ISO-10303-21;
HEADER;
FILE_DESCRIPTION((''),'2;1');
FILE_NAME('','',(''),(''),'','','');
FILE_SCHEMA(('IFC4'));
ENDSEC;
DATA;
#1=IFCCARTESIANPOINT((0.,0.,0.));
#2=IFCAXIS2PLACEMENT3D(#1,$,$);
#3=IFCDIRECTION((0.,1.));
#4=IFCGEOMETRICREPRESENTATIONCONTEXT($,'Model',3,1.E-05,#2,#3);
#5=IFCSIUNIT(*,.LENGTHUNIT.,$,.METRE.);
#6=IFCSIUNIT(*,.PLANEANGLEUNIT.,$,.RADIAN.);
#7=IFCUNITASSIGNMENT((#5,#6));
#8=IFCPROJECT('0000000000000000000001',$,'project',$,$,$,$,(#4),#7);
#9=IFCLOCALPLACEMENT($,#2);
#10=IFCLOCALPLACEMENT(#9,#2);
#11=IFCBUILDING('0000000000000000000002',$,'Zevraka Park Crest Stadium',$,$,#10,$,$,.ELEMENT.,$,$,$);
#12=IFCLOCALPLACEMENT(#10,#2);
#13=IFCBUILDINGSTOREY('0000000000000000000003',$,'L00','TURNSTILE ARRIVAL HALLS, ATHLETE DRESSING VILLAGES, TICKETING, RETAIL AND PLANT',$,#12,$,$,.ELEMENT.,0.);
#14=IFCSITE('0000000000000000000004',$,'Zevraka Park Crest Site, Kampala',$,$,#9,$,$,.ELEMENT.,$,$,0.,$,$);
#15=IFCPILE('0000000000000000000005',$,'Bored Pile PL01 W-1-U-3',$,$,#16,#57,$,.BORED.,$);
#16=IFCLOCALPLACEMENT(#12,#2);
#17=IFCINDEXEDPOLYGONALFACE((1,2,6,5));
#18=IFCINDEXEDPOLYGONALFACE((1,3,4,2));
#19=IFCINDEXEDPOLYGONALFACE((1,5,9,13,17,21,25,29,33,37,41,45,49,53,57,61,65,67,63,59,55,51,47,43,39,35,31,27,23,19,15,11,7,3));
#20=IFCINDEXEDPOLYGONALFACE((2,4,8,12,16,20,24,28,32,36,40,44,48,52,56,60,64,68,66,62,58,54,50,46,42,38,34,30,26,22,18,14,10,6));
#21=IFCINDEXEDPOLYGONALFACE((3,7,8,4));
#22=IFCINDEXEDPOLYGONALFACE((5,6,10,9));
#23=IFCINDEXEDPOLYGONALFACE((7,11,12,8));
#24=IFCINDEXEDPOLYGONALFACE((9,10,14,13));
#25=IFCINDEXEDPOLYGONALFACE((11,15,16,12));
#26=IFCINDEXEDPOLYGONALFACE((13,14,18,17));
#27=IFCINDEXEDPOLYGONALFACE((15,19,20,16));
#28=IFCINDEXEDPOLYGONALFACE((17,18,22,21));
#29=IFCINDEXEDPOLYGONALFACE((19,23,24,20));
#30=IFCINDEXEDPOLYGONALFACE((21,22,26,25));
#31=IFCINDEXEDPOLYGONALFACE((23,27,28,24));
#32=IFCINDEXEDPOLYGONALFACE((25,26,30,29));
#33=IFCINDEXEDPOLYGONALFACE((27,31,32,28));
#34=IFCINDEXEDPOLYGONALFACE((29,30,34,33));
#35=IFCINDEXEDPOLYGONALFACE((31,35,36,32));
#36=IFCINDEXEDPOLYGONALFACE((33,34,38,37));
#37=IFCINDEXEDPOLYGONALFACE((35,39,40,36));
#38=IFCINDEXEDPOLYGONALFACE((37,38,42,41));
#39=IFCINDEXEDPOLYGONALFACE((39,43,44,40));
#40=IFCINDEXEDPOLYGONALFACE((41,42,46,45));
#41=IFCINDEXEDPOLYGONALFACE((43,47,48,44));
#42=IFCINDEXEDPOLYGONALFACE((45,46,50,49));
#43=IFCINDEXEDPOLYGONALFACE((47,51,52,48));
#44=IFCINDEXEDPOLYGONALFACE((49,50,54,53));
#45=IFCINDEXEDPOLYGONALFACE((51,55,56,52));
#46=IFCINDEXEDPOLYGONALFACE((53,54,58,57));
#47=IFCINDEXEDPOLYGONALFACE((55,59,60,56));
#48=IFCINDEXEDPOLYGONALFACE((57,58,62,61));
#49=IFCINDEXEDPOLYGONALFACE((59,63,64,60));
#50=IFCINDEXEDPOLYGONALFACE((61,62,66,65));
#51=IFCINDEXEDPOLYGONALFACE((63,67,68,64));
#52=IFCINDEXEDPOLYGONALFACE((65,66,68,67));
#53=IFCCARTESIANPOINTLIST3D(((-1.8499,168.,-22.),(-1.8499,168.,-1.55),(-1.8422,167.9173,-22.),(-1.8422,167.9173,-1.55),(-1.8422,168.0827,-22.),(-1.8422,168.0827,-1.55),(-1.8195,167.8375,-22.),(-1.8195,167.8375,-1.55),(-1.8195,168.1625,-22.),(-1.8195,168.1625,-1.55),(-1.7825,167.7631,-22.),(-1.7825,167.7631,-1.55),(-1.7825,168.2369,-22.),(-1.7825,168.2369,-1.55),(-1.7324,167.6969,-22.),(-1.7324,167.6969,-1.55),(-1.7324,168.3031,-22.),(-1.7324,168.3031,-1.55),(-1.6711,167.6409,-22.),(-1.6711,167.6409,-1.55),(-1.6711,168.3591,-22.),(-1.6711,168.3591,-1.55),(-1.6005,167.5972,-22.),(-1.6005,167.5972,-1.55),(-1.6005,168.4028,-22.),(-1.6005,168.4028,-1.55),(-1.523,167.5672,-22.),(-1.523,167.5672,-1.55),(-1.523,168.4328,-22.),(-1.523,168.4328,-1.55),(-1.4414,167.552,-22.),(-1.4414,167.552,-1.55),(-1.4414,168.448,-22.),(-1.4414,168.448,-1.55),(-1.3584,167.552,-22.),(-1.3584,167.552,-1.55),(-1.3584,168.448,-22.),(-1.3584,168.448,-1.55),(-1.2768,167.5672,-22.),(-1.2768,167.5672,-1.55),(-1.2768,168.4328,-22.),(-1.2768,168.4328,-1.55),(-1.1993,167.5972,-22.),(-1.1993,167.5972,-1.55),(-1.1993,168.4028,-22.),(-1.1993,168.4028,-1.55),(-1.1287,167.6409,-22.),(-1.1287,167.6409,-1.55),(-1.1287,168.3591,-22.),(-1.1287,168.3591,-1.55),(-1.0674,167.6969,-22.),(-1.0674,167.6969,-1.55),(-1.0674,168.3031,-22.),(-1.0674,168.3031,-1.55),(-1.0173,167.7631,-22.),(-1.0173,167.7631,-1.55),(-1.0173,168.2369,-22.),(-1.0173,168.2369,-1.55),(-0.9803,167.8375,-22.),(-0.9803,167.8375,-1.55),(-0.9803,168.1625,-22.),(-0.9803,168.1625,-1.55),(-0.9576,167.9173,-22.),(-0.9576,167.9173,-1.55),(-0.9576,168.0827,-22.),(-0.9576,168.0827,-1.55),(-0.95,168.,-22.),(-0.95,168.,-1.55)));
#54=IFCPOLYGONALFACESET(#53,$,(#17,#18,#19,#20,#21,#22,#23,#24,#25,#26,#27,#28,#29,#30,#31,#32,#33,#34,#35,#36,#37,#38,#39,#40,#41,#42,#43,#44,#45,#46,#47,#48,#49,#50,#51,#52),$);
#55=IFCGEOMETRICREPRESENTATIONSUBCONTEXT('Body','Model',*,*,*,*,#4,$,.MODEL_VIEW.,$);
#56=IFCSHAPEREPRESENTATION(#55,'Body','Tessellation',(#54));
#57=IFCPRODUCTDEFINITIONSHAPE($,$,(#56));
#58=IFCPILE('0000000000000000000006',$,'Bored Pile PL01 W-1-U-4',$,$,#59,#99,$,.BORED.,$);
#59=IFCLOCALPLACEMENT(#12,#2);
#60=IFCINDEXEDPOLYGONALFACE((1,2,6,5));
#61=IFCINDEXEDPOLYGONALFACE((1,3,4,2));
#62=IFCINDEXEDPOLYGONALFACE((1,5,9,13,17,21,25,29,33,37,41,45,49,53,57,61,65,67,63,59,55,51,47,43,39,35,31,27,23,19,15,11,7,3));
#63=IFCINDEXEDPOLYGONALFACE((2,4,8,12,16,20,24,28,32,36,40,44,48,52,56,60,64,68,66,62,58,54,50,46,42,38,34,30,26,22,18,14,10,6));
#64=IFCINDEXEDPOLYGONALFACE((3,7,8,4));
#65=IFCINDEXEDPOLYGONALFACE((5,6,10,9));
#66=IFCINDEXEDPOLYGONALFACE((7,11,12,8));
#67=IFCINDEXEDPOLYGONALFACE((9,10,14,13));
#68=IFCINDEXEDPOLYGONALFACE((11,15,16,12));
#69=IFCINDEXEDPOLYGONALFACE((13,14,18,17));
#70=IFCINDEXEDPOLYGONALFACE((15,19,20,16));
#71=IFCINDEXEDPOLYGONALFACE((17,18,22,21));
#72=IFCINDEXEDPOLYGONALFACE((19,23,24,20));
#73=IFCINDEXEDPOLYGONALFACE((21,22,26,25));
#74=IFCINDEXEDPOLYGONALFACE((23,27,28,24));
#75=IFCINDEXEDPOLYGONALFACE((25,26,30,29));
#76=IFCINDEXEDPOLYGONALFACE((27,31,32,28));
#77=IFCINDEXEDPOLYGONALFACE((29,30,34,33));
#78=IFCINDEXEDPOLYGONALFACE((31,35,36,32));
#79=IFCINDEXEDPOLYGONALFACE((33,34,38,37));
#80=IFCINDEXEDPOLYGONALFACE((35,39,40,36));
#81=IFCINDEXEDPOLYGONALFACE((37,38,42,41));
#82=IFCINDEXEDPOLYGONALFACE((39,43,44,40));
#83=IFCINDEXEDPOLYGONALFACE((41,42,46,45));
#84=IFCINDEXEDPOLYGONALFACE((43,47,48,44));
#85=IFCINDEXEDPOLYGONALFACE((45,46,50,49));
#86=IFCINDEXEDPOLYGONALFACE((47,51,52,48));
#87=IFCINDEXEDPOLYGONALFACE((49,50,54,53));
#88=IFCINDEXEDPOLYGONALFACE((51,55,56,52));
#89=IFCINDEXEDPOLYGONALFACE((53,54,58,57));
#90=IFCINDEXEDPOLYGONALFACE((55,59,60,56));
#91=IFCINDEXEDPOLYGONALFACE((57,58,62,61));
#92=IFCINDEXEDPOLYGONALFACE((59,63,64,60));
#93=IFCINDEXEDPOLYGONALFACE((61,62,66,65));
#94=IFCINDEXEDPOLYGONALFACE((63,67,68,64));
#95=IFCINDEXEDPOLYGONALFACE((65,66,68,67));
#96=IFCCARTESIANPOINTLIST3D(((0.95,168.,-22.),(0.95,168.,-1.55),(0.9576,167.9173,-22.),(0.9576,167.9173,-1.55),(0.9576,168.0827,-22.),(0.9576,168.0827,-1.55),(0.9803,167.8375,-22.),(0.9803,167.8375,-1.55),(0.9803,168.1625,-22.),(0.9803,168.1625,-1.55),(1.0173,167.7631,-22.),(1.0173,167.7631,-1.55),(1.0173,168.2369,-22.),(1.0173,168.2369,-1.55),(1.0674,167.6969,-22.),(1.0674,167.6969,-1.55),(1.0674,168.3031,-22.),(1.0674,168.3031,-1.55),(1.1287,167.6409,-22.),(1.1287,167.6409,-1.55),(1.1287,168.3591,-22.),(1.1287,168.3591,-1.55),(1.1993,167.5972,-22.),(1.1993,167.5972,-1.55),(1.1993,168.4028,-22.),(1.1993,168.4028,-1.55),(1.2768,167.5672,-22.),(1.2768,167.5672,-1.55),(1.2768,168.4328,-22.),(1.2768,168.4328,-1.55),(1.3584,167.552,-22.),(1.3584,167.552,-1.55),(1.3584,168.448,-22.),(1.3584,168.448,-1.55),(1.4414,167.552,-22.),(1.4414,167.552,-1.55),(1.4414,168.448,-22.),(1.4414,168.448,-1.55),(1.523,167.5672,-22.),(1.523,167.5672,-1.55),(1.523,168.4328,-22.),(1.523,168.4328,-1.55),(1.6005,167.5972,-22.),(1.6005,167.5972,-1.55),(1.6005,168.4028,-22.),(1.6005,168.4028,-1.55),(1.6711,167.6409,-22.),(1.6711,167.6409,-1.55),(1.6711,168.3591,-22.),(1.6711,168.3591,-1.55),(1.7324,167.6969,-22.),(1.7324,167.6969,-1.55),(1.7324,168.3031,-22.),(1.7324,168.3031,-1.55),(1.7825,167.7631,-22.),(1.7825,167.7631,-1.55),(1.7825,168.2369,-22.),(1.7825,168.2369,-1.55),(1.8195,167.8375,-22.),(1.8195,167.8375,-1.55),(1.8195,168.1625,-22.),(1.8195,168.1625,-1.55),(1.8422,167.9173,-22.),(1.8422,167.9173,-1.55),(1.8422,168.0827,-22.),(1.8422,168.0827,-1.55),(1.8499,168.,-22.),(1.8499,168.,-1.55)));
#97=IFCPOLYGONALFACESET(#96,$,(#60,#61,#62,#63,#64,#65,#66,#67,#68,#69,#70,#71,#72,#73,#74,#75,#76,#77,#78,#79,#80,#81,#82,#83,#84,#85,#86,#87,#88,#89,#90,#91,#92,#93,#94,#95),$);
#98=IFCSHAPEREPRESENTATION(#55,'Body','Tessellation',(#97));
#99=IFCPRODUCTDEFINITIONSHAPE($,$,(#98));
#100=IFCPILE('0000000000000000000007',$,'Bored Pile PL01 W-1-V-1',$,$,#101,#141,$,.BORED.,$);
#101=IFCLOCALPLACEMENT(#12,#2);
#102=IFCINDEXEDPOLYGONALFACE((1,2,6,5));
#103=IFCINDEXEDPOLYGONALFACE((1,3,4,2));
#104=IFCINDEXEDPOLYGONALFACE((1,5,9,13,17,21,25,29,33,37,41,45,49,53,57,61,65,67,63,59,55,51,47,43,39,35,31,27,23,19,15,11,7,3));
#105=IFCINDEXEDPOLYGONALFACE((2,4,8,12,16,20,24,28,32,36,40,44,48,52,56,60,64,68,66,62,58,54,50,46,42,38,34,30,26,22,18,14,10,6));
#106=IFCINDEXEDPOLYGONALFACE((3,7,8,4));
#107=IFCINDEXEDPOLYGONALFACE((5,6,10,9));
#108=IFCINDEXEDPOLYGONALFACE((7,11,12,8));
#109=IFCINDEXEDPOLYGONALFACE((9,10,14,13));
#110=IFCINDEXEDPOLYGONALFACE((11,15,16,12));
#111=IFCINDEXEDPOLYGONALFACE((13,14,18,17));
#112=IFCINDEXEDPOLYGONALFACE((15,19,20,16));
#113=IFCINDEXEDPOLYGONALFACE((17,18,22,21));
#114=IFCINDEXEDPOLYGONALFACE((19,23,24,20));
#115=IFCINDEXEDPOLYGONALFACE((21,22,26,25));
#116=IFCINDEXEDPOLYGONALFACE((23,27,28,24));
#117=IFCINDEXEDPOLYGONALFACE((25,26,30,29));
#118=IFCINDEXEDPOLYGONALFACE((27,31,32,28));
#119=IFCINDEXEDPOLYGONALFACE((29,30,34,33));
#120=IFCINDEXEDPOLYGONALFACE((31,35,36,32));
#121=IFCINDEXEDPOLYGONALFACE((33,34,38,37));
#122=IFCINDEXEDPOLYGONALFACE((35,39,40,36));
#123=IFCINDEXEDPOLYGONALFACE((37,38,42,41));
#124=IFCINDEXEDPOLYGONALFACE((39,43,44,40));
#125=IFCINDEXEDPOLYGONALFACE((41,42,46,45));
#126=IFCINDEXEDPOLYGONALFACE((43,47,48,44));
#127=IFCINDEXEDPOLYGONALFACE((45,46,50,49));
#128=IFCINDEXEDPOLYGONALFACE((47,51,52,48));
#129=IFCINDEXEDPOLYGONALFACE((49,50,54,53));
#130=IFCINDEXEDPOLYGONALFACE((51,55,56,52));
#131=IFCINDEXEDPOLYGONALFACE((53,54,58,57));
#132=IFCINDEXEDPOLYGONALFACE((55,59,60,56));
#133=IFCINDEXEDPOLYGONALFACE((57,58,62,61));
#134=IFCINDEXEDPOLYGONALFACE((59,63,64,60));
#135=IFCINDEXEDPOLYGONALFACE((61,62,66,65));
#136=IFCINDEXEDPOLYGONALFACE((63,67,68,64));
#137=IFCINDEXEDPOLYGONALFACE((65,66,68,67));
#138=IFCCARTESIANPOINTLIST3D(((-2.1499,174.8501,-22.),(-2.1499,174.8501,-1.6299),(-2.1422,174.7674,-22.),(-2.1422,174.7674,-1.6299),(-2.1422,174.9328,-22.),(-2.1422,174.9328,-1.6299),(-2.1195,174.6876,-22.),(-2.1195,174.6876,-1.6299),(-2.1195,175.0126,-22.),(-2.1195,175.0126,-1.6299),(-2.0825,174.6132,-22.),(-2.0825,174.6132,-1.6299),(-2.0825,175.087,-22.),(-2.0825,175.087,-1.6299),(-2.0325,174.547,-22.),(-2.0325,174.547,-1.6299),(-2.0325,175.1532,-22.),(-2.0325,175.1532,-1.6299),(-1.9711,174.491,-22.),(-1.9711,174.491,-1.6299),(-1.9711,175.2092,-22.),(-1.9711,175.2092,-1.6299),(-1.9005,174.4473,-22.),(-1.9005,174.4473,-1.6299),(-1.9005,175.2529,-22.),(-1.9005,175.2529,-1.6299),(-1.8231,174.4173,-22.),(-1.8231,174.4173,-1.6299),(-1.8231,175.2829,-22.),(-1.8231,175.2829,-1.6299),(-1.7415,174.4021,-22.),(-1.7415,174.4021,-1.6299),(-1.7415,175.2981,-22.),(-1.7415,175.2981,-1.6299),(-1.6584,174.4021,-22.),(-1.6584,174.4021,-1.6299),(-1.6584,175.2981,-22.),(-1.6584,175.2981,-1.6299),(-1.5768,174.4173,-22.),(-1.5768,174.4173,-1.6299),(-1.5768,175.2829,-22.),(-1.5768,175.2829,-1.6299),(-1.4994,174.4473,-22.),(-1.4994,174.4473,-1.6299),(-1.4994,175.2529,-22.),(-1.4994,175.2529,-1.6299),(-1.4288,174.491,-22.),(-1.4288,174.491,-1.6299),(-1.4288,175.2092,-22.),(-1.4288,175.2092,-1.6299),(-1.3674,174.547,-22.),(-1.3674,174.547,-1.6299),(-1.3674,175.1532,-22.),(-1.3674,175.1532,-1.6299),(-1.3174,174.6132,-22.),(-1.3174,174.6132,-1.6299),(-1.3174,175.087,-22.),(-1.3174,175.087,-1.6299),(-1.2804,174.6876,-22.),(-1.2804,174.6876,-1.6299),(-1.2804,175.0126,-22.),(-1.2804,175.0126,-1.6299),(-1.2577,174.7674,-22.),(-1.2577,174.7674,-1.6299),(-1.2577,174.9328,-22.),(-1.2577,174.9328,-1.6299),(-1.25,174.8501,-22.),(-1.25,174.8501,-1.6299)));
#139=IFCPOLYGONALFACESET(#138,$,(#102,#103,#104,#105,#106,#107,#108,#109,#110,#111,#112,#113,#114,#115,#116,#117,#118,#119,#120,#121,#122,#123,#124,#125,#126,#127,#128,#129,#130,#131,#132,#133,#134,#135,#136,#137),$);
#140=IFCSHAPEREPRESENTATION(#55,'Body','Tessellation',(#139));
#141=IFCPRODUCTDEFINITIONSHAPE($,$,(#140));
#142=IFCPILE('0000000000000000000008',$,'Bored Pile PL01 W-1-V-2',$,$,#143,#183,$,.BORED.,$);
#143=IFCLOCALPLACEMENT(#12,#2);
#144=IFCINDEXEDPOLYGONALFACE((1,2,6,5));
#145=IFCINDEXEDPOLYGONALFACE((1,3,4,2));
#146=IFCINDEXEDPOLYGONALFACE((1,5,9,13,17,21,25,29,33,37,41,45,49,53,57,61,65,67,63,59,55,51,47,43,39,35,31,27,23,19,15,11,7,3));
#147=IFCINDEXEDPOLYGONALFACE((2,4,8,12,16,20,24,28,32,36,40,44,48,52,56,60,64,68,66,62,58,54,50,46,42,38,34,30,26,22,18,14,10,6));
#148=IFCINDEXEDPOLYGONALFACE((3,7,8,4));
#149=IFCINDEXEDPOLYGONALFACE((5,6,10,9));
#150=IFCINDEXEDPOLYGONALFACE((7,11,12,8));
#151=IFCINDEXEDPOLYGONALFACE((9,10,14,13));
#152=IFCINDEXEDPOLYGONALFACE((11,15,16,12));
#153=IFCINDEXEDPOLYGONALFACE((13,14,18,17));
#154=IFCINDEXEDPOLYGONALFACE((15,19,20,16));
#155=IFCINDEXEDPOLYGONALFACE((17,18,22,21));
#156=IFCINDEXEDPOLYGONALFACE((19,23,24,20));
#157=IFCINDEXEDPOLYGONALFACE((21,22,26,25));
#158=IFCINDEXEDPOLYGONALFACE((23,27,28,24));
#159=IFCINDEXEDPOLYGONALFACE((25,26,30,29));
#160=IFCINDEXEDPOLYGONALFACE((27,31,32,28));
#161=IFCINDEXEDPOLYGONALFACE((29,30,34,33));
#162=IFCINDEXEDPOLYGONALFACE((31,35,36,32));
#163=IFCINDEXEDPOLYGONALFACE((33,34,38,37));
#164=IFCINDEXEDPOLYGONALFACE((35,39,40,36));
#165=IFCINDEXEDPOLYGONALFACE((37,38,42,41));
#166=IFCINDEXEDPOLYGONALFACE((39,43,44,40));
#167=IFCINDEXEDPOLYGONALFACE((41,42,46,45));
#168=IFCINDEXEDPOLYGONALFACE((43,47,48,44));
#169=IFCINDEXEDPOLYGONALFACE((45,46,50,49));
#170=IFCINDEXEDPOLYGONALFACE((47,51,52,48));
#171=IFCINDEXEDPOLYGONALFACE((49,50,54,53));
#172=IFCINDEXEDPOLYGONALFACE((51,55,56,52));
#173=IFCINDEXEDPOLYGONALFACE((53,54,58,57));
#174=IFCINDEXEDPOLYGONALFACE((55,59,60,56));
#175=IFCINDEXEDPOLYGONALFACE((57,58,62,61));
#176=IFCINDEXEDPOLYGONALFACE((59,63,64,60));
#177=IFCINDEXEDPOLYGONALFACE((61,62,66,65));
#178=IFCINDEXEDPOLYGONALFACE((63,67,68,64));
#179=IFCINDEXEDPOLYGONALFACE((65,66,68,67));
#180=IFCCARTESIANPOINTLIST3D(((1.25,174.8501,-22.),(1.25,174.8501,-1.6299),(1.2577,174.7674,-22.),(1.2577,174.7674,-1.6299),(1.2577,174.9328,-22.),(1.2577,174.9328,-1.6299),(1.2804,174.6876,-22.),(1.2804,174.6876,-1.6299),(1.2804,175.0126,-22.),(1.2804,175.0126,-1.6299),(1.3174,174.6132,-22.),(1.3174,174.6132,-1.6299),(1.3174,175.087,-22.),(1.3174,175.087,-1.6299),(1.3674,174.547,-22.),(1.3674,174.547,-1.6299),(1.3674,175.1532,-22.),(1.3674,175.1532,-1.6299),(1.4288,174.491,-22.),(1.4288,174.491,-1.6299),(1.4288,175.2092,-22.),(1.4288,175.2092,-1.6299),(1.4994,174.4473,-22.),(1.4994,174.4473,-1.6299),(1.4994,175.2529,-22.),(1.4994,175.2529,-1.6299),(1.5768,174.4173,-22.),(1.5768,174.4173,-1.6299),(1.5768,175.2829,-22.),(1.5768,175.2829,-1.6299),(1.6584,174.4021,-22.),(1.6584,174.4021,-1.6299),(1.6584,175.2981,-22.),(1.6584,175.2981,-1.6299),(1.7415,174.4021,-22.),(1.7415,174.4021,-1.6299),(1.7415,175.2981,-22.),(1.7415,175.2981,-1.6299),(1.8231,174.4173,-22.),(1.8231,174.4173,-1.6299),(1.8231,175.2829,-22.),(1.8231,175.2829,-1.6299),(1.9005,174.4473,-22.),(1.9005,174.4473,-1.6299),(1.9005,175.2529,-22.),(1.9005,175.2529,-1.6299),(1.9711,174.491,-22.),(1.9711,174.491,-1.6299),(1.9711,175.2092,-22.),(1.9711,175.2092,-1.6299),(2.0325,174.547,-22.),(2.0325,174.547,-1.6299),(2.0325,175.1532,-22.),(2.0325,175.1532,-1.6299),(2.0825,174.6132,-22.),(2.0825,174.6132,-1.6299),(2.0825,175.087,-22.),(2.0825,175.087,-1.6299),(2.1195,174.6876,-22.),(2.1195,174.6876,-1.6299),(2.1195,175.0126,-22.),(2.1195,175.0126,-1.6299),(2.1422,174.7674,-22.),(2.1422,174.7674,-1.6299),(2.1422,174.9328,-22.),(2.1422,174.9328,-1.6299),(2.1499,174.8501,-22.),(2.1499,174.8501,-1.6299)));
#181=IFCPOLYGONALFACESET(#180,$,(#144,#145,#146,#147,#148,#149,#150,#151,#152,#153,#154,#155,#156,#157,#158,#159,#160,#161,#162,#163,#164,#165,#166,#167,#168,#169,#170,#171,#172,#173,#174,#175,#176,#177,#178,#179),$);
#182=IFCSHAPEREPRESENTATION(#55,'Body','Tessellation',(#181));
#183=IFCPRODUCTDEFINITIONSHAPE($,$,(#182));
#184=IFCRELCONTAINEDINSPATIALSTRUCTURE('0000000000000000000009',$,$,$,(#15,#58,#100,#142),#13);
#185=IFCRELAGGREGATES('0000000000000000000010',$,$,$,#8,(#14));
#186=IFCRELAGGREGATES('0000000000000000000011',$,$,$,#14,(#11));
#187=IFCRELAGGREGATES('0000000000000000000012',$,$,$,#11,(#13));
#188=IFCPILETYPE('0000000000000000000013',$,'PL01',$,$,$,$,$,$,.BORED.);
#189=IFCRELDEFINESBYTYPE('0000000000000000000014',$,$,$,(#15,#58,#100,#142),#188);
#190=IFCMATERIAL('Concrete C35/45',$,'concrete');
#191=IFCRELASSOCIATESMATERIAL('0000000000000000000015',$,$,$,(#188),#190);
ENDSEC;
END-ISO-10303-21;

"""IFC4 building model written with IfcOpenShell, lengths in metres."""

from ifc_helpers import new_model, si_unit, direction, frame, origin, origin_2d, place, context, subcontext, project, spatial, circle, extrude, material, material_profile, profile_set, type_object, element, save


model = new_model("IFC4")

# Units and contexts
model_context = context("Model", 3, precision=1e-05, world=origin(), true_north=direction((0.0, 1.0)))
body_context = subcontext(model_context, "Body", "Model", "MODEL_VIEW")
ifc_project = project(units=[si_unit("LENGTHUNIT", "METRE"), si_unit("PLANEANGLEUNIT", "RADIAN")], contexts=[model_context])

# Site, building, storey
site_placement = place(None, origin())
site = spatial("IfcSite", under=ifc_project, at=site_placement, Name="Zevraka Park Crest Site, Kampala", CompositionType="ELEMENT", RefElevation=0.0)
building_placement = place(site_placement, origin())
building = spatial("IfcBuilding", under=site, at=building_placement, Name="Zevraka Park Crest Stadium", CompositionType="ELEMENT")
storey_placement = place(building_placement, origin())
storey = spatial("IfcBuildingStorey", under=building, at=storey_placement, Name="L00", Description="TURNSTILE ARRIVAL HALLS, ATHLETE DRESSING VILLAGES, TICKETING, RETAIL AND PLANT", CompositionType="ELEMENT", Elevation=0.0)

# Piles
ifc_material_1 = material(Name="Concrete C35/45", Category="concrete")
ifc_material_profile_1 = material_profile(ifc_material_1, circle(Radius=0.45, at=origin_2d()), Name="PILE D900")
ifc_profile_set_1 = profile_set([ifc_material_profile_1], Name="Concrete C35/45")
pile_type_1 = type_object("IfcPileType", Name="PL01", PredefinedType="BORED", material=ifc_profile_set_1)
for number, where, z_axis, x_axis, name in (
    (1, (-1.3999, 168.0, -1.55), (0.0, 0.0, -1.0), (1.0, 0.0, 0.0), "Bored Pile PL01 W-1-U-3"),
    (2, (1.3999, 168.0, -1.55), (0.0, 0.0, -1.0), (1.0, 0.0, 0.0), "Bored Pile PL01 W-1-U-4"),
):
    element("IfcPile", number, at=place(storey_placement, frame(where, z_axis=z_axis, x_axis=x_axis)), inside=storey, type_object=pile_type_1, Name=name, PredefinedType="BORED", context=body_context, shape_type="SweptSolid", body=[
        extrude(circle(Radius=0.45, at=origin_2d()), origin(), (0.0, 0.0, 1.0), 20.45),
    ])
for number, where, z_axis, x_axis, name in (
    (3, (-1.7, 174.8501, -1.6299), (0.0, 0.0, -1.0), (1.0, 0.0, 0.0), "Bored Pile PL01 W-1-V-1"),
    (4, (1.7, 174.8501, -1.6299), (0.0, 0.0, -1.0), (1.0, 0.0, 0.0), "Bored Pile PL01 W-1-V-2"),
):
    element("IfcPile", number, at=place(storey_placement, frame(where, z_axis=z_axis, x_axis=x_axis)), inside=storey, type_object=pile_type_1, Name=name, PredefinedType="BORED", context=body_context, shape_type="SweptSolid", body=[
        extrude(circle(Radius=0.45, at=origin_2d()), origin(), (0.0, 0.0, 1.0), 20.3701),
    ])

save(model, "model.ifc")
